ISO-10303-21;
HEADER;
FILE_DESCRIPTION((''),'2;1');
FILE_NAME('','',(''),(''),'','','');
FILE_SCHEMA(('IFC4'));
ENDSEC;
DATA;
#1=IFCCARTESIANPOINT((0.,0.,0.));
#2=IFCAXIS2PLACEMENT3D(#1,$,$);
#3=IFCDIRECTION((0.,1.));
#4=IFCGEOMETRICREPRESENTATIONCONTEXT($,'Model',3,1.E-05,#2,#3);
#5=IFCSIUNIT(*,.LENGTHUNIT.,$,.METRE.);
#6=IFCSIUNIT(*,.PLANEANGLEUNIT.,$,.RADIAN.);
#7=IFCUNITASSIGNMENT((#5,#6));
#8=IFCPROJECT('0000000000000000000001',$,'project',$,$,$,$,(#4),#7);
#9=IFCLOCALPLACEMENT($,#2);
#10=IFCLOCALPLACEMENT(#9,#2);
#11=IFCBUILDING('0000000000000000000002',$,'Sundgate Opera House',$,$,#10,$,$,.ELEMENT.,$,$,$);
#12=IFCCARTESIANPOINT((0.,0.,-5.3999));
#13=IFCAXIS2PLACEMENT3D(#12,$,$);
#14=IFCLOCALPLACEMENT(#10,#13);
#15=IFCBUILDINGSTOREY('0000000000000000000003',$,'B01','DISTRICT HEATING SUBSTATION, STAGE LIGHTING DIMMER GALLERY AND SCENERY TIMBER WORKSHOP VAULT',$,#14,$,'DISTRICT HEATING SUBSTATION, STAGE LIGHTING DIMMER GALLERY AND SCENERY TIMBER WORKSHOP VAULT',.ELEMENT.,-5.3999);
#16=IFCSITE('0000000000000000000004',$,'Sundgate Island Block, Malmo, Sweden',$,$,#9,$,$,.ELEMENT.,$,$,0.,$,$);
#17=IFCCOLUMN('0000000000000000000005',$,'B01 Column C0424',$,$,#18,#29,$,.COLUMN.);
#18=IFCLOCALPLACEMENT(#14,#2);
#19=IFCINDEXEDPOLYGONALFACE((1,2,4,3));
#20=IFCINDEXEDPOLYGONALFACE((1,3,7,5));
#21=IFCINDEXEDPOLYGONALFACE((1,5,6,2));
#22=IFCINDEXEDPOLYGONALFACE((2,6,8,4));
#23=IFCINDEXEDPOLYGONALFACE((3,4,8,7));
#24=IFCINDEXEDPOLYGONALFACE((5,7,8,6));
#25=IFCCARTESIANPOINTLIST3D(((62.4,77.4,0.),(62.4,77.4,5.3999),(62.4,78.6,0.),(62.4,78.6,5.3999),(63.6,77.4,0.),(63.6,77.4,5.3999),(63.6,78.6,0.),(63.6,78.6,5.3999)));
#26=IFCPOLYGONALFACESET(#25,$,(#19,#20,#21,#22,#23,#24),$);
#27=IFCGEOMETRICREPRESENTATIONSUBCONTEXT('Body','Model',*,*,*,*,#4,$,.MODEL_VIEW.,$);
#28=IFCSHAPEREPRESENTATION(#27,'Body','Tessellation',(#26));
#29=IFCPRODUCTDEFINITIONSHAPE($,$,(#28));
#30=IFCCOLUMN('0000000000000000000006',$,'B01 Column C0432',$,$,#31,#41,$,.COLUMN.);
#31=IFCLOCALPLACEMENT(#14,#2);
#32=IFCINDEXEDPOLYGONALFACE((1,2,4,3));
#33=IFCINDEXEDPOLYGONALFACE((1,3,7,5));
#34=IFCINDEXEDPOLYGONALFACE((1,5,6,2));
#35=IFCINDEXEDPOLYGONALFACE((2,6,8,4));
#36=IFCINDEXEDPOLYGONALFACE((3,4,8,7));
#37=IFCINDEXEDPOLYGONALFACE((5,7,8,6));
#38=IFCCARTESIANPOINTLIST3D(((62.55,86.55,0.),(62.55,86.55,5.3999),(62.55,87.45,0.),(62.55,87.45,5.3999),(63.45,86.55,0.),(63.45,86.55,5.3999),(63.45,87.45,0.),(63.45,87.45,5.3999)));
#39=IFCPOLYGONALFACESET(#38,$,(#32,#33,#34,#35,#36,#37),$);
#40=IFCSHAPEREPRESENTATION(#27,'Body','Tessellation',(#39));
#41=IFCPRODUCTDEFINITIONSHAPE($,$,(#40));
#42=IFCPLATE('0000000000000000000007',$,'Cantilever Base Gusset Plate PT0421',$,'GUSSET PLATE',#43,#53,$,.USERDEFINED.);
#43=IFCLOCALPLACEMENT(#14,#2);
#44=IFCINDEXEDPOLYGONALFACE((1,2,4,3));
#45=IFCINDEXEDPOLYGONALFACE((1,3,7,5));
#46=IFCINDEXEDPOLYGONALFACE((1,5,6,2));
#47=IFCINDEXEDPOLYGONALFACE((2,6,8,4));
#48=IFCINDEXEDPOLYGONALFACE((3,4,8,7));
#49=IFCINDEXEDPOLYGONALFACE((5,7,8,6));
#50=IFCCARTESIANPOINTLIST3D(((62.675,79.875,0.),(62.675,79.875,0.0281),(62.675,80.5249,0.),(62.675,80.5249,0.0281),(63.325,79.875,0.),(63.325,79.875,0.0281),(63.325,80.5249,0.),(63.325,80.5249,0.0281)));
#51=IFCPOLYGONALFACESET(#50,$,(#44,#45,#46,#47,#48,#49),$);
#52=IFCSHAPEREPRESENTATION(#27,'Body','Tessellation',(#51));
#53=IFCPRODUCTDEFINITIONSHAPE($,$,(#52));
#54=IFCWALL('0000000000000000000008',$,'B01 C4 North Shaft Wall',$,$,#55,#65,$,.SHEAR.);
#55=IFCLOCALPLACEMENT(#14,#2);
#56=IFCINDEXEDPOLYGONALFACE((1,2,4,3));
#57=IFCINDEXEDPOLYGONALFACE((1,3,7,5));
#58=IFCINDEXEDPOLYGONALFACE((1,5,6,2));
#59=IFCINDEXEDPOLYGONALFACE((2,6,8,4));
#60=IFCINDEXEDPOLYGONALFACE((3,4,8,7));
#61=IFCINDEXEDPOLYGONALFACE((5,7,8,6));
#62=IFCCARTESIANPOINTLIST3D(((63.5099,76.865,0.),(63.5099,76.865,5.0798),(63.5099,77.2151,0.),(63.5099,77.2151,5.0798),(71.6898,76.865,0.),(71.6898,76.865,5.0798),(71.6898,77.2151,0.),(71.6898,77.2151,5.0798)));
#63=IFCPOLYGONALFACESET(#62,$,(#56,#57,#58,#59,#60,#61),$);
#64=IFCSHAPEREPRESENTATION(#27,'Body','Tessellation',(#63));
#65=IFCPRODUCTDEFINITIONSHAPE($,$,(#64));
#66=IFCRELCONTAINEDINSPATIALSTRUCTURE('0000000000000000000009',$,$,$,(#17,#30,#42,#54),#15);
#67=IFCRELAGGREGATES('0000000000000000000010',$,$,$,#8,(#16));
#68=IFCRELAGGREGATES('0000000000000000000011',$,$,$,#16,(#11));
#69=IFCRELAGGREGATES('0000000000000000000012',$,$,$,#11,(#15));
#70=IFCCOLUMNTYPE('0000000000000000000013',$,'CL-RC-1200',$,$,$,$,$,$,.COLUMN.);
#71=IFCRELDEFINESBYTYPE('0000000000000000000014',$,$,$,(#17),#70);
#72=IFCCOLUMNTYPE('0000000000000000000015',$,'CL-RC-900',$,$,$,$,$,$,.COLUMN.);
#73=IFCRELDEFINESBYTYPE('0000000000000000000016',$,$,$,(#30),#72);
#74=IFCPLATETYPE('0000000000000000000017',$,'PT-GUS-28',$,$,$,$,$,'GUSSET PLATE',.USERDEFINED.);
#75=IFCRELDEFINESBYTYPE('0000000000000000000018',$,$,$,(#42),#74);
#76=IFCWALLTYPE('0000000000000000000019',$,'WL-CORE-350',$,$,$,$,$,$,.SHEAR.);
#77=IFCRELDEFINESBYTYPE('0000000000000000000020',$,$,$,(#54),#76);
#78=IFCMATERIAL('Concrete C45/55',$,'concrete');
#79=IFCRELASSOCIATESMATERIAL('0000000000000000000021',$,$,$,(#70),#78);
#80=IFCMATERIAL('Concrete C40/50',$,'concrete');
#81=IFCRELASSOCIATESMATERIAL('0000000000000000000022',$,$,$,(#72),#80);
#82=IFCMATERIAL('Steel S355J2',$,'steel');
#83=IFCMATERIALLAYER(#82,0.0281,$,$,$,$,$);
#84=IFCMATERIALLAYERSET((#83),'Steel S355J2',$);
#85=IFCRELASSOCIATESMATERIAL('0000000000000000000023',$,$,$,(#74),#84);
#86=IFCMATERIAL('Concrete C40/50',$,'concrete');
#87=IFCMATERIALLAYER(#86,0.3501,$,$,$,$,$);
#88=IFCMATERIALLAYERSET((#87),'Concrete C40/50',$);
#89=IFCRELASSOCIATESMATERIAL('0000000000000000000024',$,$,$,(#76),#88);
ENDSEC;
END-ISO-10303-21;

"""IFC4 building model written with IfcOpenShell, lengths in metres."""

from ifc_helpers import new_model, si_unit, direction, frame, frame_2d, origin, origin_2d, place, context, subcontext, project, spatial, rectangle, extrude, material, layer, layer_set, material_profile, profile_set, type_object, element, save


model = new_model("IFC4")

# Units and contexts
model_context = context("Model", 3, precision=1e-05, world=origin(), true_north=direction((0.0, 1.0)))
body_context = subcontext(model_context, "Body", "Model", "MODEL_VIEW")
ifc_project = project(units=[si_unit("LENGTHUNIT", "METRE"), si_unit("PLANEANGLEUNIT", "RADIAN")], contexts=[model_context])

# Site, building, storey
site_placement = place(None, origin())
site = spatial("IfcSite", under=ifc_project, at=site_placement, Name="Sundgate Island Block, Malmo, Sweden", CompositionType="ELEMENT", RefElevation=0.0)
building_placement = place(site_placement, origin())
building = spatial("IfcBuilding", under=site, at=building_placement, Name="Sundgate Opera House", CompositionType="ELEMENT")
storey_placement = place(building_placement, frame((0.0, 0.0, -5.3999)))
storey = spatial("IfcBuildingStorey", under=building, at=storey_placement, Name="B01", Description="DISTRICT HEATING SUBSTATION, STAGE LIGHTING DIMMER GALLERY AND SCENERY TIMBER WORKSHOP VAULT", LongName="DISTRICT HEATING SUBSTATION, STAGE LIGHTING DIMMER GALLERY AND SCENERY TIMBER WORKSHOP VAULT", CompositionType="ELEMENT", Elevation=-5.3999)

# Columns
ifc_material_1 = material(Name="Concrete C45/55", Category="concrete")
ifc_material_profile_1 = material_profile(ifc_material_1, rectangle(XDim=1.2, YDim=1.2, at=origin_2d()), Name="RC 1200x1200")
ifc_profile_set_1 = profile_set([ifc_material_profile_1], Name="Concrete C45/55")
column_type_1 = type_object("IfcColumnType", Name="CL-RC-1200", PredefinedType="COLUMN", material=ifc_profile_set_1)
column_1_placement = place(storey_placement, frame((63.0, 78.0, 0.0), z_axis=(0.0, 0.0, 1.0), x_axis=(1.0, 0.0, 0.0)))
element("IfcColumn", 1, at=column_1_placement, inside=storey, type_object=column_type_1, Name="B01 Column C0424", PredefinedType="COLUMN", context=body_context, shape_type="SweptSolid", body=[
    extrude(rectangle(XDim=1.2, YDim=1.2, at=origin_2d()), origin(), (0.0, 0.0, 1.0), 5.3999),
])
ifc_material_2 = material(Name="Concrete C40/50", Category="concrete")
ifc_material_profile_2 = material_profile(ifc_material_2, rectangle(XDim=0.8999, YDim=0.8999, at=origin_2d()), Name="RC 900x900")
ifc_profile_set_2 = profile_set([ifc_material_profile_2], Name="Concrete C40/50")
column_type_2 = type_object("IfcColumnType", Name="CL-RC-900", PredefinedType="COLUMN", material=ifc_profile_set_2)
column_2_placement = place(storey_placement, frame((63.0, 87.0, 0.0), z_axis=(0.0, 0.0, 1.0), x_axis=(1.0, 0.0, 0.0)))
element("IfcColumn", 2, at=column_2_placement, inside=storey, type_object=column_type_2, Name="B01 Column C0432", PredefinedType="COLUMN", context=body_context, shape_type="SweptSolid", body=[
    extrude(rectangle(XDim=0.8999, YDim=0.8999, at=origin_2d()), origin(), (0.0, 0.0, 1.0), 5.3999),
])

# Plate
ifc_material_3 = material(Name="Steel S355J2", Category="steel")
ifc_layer_1 = layer(ifc_material_3, 0.0281)
ifc_layer_set_1 = layer_set([ifc_layer_1], Name="Steel S355J2")
plate_type = type_object("IfcPlateType", Name="PT-GUS-28", ElementType="GUSSET PLATE", PredefinedType="USERDEFINED", material=ifc_layer_set_1)
plate_placement = place(storey_placement, frame((63.0, 80.2, 0.0), z_axis=(0.0, 0.0, 1.0), x_axis=(1.0, 0.0, 0.0)))
element("IfcPlate", 3, at=plate_placement, inside=storey, type_object=plate_type, Name="Cantilever Base Gusset Plate PT0421", ObjectType="GUSSET PLATE", PredefinedType="USERDEFINED", context=body_context, shape_type="SweptSolid", body=[
    extrude(rectangle(XDim=0.6499, YDim=0.6499, at=origin_2d()), origin(), (0.0, 0.0, 1.0), 0.0281),
])

# Wall
ifc_material_4 = material(Name="Concrete C40/50", Category="concrete")
ifc_layer_2 = layer(ifc_material_4, 0.3501)
ifc_layer_set_2 = layer_set([ifc_layer_2], Name="Concrete C40/50")
wall_type = type_object("IfcWallType", Name="WL-CORE-350", PredefinedType="SHEAR", material=ifc_layer_set_2)
wall_placement = place(storey_placement, frame((63.51, 77.04, 0.0), z_axis=(0.0, 0.0, 1.0), x_axis=(1.0, 0.0, 0.0)))
element("IfcWall", 4, at=wall_placement, inside=storey, type_object=wall_type, Name="B01 C4 North Shaft Wall", PredefinedType="SHEAR", context=body_context, shape_type="SweptSolid", body=[
    extrude(rectangle(XDim=8.1799, YDim=0.3501, at=frame_2d((4.0898, 0.0))), origin(), (0.0, 0.0, 1.0), 5.0798),
])

save(model, "model.ifc")
